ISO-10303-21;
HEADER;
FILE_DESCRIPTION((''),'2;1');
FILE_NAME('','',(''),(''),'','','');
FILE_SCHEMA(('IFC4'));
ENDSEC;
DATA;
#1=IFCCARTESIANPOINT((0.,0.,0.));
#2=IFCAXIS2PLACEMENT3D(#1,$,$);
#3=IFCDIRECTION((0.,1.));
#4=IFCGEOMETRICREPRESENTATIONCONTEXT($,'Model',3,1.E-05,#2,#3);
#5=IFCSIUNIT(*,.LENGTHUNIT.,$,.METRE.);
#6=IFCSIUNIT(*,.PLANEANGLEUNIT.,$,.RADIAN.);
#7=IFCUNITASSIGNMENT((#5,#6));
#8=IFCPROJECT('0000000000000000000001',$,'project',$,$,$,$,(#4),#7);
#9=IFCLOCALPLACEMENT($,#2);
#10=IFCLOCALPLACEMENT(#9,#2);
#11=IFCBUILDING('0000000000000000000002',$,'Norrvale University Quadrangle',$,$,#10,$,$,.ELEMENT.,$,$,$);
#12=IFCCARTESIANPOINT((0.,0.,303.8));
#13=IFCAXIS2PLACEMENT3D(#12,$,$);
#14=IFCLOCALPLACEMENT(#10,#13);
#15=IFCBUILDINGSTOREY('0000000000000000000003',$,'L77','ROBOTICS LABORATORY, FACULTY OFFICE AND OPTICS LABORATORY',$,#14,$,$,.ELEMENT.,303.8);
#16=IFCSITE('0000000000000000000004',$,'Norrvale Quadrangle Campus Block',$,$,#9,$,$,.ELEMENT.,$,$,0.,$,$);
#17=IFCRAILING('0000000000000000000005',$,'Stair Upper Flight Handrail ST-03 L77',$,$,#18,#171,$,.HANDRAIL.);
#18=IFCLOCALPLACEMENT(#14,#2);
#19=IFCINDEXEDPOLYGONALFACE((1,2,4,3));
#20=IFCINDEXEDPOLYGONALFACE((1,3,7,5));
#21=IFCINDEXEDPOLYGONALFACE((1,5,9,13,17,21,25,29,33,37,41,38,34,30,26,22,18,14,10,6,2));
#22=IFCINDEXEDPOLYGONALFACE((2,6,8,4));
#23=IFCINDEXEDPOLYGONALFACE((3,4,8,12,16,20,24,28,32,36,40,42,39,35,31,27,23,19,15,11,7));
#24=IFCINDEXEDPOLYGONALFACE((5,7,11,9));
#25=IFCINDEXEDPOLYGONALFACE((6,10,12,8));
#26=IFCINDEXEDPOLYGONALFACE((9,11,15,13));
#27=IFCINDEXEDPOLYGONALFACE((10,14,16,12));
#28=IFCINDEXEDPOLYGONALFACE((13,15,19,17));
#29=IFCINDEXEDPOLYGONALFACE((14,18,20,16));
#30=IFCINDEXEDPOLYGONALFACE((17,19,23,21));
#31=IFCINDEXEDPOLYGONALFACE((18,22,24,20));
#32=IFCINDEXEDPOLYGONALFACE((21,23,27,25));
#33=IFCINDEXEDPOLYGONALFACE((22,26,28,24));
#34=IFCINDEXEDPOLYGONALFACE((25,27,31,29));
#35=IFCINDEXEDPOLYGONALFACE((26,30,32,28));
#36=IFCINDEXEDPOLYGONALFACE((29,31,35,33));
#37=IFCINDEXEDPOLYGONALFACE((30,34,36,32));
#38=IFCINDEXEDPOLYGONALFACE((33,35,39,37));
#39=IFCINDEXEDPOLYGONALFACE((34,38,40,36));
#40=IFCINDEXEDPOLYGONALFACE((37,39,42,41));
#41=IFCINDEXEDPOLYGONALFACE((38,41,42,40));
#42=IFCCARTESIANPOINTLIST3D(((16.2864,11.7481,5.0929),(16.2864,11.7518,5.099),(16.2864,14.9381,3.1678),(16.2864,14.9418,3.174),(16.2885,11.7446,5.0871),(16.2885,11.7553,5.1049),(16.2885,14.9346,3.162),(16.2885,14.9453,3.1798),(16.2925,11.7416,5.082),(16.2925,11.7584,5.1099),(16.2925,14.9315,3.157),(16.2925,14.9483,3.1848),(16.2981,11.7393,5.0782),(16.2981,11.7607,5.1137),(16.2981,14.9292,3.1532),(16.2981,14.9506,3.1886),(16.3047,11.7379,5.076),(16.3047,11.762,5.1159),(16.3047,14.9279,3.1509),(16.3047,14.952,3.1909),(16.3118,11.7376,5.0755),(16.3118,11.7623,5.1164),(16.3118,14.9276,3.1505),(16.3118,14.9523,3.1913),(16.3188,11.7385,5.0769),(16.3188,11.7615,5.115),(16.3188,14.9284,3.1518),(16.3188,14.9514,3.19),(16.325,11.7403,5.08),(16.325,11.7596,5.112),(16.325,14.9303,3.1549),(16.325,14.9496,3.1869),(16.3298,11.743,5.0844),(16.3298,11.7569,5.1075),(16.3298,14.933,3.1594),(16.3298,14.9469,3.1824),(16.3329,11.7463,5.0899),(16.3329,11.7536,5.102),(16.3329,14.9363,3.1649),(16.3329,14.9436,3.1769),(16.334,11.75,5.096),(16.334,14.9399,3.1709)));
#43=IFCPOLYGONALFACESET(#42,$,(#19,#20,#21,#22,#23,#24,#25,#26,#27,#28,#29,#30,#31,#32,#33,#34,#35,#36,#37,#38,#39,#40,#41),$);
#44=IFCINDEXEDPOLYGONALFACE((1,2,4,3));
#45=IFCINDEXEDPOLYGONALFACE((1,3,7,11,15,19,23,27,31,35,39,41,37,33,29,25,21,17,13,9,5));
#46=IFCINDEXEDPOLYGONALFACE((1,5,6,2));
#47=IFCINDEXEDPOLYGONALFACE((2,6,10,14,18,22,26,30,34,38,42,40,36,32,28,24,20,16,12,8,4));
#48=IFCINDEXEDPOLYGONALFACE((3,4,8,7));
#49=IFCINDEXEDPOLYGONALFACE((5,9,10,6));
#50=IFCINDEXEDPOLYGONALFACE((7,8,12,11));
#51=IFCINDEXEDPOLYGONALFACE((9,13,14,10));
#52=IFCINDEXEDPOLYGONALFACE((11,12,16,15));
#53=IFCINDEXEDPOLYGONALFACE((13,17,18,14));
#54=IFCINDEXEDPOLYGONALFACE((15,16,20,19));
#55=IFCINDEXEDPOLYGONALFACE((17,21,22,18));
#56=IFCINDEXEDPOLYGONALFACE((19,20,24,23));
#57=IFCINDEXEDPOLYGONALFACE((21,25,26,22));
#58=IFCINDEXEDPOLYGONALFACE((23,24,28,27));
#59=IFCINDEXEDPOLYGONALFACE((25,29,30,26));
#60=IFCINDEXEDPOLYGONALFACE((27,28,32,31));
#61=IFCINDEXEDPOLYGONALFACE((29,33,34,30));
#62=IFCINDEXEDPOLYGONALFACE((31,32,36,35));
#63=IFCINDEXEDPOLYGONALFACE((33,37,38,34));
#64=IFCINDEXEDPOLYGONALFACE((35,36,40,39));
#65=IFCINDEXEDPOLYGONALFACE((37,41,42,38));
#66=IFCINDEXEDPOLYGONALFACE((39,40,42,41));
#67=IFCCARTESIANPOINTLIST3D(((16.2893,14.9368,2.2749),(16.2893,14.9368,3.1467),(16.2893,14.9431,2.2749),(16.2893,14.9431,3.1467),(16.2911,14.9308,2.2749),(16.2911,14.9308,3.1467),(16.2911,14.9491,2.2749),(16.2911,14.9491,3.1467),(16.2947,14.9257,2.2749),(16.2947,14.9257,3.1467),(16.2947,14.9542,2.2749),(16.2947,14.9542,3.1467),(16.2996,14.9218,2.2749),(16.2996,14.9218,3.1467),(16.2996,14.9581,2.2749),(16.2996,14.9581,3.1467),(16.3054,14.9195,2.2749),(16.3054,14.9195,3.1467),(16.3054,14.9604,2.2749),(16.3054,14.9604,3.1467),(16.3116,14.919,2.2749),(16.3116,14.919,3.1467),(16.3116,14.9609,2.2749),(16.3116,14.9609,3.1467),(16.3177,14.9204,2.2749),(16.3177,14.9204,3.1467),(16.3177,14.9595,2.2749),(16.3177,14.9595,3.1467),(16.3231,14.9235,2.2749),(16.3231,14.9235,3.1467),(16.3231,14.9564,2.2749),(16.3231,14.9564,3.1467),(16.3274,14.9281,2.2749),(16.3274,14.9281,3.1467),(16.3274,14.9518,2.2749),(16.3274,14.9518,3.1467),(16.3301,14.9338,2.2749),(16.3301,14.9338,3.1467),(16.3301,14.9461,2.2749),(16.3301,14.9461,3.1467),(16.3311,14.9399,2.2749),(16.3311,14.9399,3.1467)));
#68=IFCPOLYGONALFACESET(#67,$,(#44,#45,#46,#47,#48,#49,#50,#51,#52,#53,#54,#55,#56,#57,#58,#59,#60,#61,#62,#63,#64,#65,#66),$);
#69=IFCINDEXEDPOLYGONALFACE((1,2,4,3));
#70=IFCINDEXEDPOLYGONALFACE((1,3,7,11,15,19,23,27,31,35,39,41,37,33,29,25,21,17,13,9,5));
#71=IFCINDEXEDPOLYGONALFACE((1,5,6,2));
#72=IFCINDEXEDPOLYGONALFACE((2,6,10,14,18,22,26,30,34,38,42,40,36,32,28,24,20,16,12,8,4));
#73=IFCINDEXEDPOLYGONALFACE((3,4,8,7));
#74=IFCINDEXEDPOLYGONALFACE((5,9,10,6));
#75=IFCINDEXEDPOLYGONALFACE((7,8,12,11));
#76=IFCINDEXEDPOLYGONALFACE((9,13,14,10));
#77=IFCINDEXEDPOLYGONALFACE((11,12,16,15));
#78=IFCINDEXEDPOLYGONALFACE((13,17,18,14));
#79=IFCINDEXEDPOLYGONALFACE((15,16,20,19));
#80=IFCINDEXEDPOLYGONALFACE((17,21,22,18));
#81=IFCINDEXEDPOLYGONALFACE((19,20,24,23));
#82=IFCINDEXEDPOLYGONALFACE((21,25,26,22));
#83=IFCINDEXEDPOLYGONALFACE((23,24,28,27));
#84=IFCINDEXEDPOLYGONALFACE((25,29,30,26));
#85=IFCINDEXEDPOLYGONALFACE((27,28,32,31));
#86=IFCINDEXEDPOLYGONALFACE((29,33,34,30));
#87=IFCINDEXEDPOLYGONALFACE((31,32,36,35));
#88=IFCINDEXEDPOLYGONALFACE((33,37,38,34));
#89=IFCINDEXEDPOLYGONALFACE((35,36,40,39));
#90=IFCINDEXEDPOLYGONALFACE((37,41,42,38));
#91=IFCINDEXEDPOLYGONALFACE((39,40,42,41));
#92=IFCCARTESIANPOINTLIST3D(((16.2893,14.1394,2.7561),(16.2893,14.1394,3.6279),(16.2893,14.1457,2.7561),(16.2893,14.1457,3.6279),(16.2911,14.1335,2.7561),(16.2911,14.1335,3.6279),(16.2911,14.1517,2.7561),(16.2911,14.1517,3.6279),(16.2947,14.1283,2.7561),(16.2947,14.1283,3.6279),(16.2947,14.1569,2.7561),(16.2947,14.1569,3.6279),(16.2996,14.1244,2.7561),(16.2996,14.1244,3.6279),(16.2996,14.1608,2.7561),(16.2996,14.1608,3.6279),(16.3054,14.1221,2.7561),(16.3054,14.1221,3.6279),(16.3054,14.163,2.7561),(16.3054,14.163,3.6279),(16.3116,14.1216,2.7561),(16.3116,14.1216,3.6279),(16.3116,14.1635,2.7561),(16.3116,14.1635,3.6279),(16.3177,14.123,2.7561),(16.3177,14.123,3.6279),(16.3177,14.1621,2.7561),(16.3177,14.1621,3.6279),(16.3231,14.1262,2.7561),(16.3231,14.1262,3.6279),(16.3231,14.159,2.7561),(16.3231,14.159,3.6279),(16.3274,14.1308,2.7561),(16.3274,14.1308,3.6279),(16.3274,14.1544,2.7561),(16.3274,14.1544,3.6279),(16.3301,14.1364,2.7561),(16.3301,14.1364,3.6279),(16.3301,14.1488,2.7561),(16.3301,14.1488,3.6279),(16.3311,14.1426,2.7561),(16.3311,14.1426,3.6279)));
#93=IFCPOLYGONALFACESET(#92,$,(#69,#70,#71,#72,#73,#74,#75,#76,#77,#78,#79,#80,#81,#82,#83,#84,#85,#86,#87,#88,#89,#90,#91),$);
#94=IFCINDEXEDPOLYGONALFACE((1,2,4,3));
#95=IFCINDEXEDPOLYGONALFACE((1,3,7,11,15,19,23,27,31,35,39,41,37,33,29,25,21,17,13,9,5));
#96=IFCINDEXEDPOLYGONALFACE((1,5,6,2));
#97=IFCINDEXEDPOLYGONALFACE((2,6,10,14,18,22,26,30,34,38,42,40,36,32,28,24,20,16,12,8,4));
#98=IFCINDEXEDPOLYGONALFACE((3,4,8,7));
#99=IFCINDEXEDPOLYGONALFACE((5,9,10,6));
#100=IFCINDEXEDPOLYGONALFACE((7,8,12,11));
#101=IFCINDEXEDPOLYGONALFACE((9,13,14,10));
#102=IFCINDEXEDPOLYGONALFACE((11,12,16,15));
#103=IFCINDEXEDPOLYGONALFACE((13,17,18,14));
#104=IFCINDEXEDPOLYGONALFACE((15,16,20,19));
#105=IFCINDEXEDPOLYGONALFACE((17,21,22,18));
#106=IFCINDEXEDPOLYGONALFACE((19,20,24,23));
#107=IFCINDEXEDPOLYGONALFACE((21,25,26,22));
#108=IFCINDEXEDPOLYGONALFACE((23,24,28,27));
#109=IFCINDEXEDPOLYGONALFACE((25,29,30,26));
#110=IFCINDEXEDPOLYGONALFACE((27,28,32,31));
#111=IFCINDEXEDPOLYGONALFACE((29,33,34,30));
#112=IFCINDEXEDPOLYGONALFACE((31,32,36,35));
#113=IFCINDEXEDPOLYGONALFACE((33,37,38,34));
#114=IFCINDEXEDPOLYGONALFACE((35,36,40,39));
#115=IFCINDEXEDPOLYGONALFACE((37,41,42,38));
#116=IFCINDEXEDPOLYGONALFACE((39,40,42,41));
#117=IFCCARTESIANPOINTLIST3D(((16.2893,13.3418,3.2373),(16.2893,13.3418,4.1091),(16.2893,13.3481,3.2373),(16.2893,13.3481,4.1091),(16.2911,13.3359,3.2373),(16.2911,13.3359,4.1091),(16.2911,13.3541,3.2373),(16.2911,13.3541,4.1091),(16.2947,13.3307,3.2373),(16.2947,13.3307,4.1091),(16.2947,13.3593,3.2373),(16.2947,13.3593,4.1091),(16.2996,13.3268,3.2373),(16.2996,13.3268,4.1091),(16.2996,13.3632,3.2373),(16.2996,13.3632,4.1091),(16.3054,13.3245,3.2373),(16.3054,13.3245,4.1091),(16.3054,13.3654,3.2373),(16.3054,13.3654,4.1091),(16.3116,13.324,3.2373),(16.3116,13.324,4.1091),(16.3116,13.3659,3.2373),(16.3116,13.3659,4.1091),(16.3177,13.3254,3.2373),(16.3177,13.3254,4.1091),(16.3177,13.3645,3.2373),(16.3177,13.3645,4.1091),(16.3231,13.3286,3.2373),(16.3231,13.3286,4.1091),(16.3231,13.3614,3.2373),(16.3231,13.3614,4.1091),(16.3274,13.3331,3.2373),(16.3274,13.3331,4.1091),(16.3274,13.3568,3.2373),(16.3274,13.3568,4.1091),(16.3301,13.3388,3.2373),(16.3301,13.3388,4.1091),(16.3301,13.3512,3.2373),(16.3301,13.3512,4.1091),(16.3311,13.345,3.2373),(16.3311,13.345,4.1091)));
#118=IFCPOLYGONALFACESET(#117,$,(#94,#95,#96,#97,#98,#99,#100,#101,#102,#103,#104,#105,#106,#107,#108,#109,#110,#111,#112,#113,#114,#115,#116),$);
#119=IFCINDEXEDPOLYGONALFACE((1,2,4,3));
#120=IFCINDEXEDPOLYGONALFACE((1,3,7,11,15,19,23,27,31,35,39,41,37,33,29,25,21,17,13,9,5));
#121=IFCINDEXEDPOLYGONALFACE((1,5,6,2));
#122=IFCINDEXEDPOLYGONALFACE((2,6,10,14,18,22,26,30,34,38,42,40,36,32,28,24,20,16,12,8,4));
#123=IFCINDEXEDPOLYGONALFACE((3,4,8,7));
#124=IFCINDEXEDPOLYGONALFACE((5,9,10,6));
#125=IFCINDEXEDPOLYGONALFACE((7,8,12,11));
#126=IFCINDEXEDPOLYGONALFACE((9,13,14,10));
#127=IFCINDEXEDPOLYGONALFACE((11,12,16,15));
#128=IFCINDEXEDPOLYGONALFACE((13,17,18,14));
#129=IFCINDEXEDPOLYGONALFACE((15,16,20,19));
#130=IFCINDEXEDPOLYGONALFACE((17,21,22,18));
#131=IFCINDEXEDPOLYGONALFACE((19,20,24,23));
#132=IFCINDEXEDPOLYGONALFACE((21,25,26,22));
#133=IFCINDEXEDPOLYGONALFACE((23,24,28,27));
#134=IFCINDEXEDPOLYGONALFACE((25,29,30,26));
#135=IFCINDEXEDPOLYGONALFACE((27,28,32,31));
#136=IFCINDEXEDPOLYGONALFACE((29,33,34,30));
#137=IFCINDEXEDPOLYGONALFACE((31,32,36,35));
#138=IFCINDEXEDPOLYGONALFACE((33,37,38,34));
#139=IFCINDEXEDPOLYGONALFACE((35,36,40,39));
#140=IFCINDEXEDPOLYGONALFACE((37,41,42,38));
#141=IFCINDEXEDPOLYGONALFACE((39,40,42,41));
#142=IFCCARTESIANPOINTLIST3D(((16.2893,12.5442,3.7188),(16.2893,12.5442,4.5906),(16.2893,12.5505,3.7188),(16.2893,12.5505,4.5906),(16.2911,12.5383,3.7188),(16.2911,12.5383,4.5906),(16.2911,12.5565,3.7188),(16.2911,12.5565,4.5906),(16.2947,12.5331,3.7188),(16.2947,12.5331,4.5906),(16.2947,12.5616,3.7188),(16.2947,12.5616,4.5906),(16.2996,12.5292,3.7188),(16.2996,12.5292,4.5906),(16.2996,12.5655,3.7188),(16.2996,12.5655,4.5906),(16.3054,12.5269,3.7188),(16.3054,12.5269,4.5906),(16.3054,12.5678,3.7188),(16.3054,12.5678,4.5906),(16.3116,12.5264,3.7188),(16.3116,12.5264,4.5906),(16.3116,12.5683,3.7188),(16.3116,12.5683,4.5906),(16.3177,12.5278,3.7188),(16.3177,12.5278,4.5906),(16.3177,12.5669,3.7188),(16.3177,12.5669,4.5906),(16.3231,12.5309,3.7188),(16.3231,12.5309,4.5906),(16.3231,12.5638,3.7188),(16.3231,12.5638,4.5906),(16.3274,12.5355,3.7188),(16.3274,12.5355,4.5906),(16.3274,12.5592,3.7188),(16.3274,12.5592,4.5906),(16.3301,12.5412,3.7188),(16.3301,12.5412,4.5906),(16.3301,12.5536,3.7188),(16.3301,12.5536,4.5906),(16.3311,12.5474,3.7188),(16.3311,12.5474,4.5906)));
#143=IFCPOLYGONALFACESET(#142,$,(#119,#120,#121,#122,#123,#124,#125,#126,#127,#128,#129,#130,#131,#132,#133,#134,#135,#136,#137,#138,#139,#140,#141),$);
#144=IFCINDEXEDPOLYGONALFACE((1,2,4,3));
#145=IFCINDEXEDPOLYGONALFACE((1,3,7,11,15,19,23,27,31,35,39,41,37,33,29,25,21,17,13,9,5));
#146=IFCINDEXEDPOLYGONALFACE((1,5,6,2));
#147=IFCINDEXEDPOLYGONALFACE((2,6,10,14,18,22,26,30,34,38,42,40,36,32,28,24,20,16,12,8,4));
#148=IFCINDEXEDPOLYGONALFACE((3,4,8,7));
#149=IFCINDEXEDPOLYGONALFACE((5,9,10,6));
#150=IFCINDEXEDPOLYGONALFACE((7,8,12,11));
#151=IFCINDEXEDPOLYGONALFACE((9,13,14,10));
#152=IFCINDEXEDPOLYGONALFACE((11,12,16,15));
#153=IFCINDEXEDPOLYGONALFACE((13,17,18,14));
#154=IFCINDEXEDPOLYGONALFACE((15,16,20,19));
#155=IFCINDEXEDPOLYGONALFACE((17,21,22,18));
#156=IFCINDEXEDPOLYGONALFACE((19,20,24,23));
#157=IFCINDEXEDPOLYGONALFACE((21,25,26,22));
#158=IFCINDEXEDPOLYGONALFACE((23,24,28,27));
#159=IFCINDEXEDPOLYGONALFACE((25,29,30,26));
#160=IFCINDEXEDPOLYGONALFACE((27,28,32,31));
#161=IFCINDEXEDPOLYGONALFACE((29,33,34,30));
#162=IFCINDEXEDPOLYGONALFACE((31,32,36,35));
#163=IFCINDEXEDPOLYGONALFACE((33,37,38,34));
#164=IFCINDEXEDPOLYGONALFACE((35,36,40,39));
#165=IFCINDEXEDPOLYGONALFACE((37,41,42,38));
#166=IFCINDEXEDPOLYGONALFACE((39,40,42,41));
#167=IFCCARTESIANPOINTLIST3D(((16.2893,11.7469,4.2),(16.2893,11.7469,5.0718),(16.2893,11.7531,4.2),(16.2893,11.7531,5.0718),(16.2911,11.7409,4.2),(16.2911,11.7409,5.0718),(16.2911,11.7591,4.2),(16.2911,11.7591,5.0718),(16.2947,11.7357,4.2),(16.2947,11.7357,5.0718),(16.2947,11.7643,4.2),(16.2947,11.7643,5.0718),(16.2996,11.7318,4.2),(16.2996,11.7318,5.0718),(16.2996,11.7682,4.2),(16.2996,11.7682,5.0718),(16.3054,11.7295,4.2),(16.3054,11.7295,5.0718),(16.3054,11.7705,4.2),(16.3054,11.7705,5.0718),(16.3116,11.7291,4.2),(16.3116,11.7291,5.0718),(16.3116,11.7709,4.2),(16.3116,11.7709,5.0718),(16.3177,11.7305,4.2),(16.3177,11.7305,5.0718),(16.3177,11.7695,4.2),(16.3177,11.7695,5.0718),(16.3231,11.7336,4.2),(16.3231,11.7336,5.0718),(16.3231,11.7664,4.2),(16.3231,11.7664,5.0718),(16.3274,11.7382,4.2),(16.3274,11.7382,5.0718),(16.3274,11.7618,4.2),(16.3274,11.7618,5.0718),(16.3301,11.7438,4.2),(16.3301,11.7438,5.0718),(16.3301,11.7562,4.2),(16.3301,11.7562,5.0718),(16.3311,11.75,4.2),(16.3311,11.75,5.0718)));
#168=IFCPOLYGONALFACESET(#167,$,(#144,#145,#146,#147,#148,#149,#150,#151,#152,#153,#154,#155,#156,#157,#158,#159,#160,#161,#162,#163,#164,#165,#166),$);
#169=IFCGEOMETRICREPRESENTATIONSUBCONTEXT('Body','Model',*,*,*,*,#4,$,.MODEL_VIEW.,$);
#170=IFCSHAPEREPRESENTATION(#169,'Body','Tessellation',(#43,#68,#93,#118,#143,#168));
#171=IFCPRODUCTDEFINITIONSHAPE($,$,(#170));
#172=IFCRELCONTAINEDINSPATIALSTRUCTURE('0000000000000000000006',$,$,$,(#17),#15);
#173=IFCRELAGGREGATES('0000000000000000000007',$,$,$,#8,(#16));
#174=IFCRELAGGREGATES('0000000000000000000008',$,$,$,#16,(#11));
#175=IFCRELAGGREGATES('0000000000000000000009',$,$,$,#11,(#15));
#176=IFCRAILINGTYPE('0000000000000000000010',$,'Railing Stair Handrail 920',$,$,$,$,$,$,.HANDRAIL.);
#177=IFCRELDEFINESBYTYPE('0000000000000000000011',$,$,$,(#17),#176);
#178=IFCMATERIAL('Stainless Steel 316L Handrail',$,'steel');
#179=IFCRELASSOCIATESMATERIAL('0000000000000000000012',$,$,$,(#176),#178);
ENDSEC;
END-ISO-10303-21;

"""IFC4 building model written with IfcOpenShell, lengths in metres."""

from ifc_helpers import new_model, si_unit, direction, frame, origin, origin_2d, place, context, subcontext, project, spatial, circle, extrude, material, type_object, element, save


model = new_model("IFC4")

# Units and contexts
model_context = context("Model", 3, precision=1e-05, world=origin(), true_north=direction((0.0, 1.0)))
body_context = subcontext(model_context, "Body", "Model", "MODEL_VIEW")
ifc_project = project(units=[si_unit("LENGTHUNIT", "METRE"), si_unit("PLANEANGLEUNIT", "RADIAN")], contexts=[model_context])

# Site, building, storey
site_placement = place(None, origin())
site = spatial("IfcSite", under=ifc_project, at=site_placement, Name="Norrvale Quadrangle Campus Block", CompositionType="ELEMENT", RefElevation=0.0)
building_placement = place(site_placement, origin())
building = spatial("IfcBuilding", under=site, at=building_placement, Name="Norrvale University Quadrangle", CompositionType="ELEMENT")
storey_placement = place(building_placement, frame((0.0, 0.0, 303.8)))
storey = spatial("IfcBuildingStorey", under=building, at=storey_placement, Name="L77", Description="ROBOTICS LABORATORY, FACULTY OFFICE AND OPTICS LABORATORY", CompositionType="ELEMENT", Elevation=303.8)

# Railing
ifc_material_1 = material(Name="Stainless Steel 316L Handrail", Category="steel")
railing_type_1 = type_object("IfcRailingType", Name="Railing Stair Handrail 920", PredefinedType="HANDRAIL", material=ifc_material_1)
railing_1_placement = place(storey_placement, frame((16.3101, 14.9399, 2.2749)))
element("IfcRailing", 1, at=railing_1_placement, inside=storey, type_object=railing_type_1, Name="Stair Upper Flight Handrail ST-03 L77", PredefinedType="HANDRAIL", context=body_context, shape_type="SweptSolid", body=[
    extrude(circle(Radius=0.0239, at=origin_2d()), frame((0.0, 0.0, 0.896), z_axis=(0.0, -0.856178, 0.516682), x_axis=(1.0, 0.0, 0.0)), (0.0, 0.0, 1.0), 3.7258),
    extrude(circle(Radius=0.021, at=origin_2d()), origin(), (0.0, 0.0, 1.0), 0.8718),
    extrude(circle(Radius=0.021, at=origin_2d()), frame((0.0, -0.7974, 0.4812)), (0.0, 0.0, 1.0), 0.8718),
    extrude(circle(Radius=0.021, at=origin_2d()), frame((0.0, -1.595, 0.9624)), (0.0, 0.0, 1.0), 0.8718),
    extrude(circle(Radius=0.021, at=origin_2d()), frame((0.0, -2.3926, 1.4438)), (0.0, 0.0, 1.0), 0.8718),
    extrude(circle(Radius=0.021, at=origin_2d()), frame((0.0, -3.1899, 1.925)), (0.0, 0.0, 1.0), 0.8718),
])

save(model, "model.ifc")
